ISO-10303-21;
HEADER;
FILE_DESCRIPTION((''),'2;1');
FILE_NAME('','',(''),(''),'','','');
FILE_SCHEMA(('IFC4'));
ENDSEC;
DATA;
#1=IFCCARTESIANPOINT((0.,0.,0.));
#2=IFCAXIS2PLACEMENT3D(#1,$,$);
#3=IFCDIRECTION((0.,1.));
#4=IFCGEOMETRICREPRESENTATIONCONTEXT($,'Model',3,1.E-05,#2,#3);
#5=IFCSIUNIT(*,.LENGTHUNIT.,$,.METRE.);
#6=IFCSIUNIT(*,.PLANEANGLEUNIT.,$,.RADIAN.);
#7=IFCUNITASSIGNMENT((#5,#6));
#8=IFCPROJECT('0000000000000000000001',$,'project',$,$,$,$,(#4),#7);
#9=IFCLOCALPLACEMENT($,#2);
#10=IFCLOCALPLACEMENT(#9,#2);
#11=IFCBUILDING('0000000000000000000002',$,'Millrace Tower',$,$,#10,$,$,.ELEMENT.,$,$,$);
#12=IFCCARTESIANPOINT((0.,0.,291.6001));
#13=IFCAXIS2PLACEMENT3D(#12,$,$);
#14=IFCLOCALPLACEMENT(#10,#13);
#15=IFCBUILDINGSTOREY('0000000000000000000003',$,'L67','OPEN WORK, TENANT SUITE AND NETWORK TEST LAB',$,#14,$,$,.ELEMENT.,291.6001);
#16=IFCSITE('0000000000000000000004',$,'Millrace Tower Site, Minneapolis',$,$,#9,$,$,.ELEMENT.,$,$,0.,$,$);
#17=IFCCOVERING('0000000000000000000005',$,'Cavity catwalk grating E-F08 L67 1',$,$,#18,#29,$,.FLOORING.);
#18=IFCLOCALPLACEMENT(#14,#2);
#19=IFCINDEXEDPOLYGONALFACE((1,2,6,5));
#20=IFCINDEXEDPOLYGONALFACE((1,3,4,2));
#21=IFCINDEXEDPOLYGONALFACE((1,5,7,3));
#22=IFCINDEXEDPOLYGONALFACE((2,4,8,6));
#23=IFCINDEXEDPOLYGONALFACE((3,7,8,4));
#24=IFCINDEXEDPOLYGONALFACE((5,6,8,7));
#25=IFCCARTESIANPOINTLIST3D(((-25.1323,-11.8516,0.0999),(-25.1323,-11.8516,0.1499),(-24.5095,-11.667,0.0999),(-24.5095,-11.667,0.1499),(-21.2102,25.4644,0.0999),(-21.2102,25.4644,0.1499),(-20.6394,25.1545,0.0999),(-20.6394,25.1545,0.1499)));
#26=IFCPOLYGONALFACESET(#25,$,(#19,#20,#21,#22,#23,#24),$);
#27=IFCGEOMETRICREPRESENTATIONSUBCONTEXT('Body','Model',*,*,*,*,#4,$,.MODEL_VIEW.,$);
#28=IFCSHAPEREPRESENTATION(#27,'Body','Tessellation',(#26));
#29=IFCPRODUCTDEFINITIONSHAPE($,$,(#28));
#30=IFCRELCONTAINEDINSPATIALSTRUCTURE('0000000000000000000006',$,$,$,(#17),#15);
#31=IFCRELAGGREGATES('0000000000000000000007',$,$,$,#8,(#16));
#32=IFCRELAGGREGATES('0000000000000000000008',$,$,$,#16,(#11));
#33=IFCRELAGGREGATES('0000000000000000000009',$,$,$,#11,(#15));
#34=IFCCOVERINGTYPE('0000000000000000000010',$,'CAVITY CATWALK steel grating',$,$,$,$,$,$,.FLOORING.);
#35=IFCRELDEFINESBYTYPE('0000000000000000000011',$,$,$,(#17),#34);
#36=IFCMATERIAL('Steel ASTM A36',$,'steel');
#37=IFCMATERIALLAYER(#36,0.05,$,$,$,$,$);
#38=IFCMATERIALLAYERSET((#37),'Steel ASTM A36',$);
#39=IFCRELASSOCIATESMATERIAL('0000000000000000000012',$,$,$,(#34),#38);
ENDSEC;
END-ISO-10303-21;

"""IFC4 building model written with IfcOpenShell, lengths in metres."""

from ifc_helpers import new_model, si_unit, direction, frame, origin, place, context, subcontext, project, spatial, polyline, outline, extrude, material, layer, layer_set, type_object, element, save


model = new_model("IFC4")

# Units and contexts
model_context = context("Model", 3, precision=1e-05, world=origin(), true_north=direction((0.0, 1.0)))
body_context = subcontext(model_context, "Body", "Model", "MODEL_VIEW")
ifc_project = project(units=[si_unit("LENGTHUNIT", "METRE"), si_unit("PLANEANGLEUNIT", "RADIAN")], contexts=[model_context])

# Site, building, storey
site_placement = place(None, origin())
site = spatial("IfcSite", under=ifc_project, at=site_placement, Name="Millrace Tower Site, Minneapolis", CompositionType="ELEMENT", RefElevation=0.0)
building_placement = place(site_placement, origin())
building = spatial("IfcBuilding", under=site, at=building_placement, Name="Millrace Tower", CompositionType="ELEMENT")
storey_placement = place(building_placement, frame((0.0, 0.0, 291.6001)))
storey = spatial("IfcBuildingStorey", under=building, at=storey_placement, Name="L67", Description="OPEN WORK, TENANT SUITE AND NETWORK TEST LAB", CompositionType="ELEMENT", Elevation=291.6001)

# Covering
ifc_material_1 = material(Name="Steel ASTM A36", Category="steel")
ifc_layer_1 = layer(ifc_material_1, 0.05)
ifc_layer_set_1 = layer_set([ifc_layer_1], Name="Steel ASTM A36")
covering_type = type_object("IfcCoveringType", Name="CAVITY CATWALK steel grating", PredefinedType="FLOORING", material=ifc_layer_set_1)
covering_placement = place(storey_placement, frame((0.0, 0.0, 0.0999)))
element("IfcCovering", 1, at=covering_placement, inside=storey, type_object=covering_type, Name="Cavity catwalk grating E-F08 L67 1", PredefinedType="FLOORING", context=body_context, shape_type="SweptSolid", body=[
    extrude(outline(polyline([(-21.2102, 25.4644), (-25.1323, -11.8516), (-24.5095, -11.667), (-20.6394, 25.1545), (-21.2102, 25.4644)])), origin(), (0.0, 0.0, 1.0), 0.05),
])

save(model, "model.ifc")
